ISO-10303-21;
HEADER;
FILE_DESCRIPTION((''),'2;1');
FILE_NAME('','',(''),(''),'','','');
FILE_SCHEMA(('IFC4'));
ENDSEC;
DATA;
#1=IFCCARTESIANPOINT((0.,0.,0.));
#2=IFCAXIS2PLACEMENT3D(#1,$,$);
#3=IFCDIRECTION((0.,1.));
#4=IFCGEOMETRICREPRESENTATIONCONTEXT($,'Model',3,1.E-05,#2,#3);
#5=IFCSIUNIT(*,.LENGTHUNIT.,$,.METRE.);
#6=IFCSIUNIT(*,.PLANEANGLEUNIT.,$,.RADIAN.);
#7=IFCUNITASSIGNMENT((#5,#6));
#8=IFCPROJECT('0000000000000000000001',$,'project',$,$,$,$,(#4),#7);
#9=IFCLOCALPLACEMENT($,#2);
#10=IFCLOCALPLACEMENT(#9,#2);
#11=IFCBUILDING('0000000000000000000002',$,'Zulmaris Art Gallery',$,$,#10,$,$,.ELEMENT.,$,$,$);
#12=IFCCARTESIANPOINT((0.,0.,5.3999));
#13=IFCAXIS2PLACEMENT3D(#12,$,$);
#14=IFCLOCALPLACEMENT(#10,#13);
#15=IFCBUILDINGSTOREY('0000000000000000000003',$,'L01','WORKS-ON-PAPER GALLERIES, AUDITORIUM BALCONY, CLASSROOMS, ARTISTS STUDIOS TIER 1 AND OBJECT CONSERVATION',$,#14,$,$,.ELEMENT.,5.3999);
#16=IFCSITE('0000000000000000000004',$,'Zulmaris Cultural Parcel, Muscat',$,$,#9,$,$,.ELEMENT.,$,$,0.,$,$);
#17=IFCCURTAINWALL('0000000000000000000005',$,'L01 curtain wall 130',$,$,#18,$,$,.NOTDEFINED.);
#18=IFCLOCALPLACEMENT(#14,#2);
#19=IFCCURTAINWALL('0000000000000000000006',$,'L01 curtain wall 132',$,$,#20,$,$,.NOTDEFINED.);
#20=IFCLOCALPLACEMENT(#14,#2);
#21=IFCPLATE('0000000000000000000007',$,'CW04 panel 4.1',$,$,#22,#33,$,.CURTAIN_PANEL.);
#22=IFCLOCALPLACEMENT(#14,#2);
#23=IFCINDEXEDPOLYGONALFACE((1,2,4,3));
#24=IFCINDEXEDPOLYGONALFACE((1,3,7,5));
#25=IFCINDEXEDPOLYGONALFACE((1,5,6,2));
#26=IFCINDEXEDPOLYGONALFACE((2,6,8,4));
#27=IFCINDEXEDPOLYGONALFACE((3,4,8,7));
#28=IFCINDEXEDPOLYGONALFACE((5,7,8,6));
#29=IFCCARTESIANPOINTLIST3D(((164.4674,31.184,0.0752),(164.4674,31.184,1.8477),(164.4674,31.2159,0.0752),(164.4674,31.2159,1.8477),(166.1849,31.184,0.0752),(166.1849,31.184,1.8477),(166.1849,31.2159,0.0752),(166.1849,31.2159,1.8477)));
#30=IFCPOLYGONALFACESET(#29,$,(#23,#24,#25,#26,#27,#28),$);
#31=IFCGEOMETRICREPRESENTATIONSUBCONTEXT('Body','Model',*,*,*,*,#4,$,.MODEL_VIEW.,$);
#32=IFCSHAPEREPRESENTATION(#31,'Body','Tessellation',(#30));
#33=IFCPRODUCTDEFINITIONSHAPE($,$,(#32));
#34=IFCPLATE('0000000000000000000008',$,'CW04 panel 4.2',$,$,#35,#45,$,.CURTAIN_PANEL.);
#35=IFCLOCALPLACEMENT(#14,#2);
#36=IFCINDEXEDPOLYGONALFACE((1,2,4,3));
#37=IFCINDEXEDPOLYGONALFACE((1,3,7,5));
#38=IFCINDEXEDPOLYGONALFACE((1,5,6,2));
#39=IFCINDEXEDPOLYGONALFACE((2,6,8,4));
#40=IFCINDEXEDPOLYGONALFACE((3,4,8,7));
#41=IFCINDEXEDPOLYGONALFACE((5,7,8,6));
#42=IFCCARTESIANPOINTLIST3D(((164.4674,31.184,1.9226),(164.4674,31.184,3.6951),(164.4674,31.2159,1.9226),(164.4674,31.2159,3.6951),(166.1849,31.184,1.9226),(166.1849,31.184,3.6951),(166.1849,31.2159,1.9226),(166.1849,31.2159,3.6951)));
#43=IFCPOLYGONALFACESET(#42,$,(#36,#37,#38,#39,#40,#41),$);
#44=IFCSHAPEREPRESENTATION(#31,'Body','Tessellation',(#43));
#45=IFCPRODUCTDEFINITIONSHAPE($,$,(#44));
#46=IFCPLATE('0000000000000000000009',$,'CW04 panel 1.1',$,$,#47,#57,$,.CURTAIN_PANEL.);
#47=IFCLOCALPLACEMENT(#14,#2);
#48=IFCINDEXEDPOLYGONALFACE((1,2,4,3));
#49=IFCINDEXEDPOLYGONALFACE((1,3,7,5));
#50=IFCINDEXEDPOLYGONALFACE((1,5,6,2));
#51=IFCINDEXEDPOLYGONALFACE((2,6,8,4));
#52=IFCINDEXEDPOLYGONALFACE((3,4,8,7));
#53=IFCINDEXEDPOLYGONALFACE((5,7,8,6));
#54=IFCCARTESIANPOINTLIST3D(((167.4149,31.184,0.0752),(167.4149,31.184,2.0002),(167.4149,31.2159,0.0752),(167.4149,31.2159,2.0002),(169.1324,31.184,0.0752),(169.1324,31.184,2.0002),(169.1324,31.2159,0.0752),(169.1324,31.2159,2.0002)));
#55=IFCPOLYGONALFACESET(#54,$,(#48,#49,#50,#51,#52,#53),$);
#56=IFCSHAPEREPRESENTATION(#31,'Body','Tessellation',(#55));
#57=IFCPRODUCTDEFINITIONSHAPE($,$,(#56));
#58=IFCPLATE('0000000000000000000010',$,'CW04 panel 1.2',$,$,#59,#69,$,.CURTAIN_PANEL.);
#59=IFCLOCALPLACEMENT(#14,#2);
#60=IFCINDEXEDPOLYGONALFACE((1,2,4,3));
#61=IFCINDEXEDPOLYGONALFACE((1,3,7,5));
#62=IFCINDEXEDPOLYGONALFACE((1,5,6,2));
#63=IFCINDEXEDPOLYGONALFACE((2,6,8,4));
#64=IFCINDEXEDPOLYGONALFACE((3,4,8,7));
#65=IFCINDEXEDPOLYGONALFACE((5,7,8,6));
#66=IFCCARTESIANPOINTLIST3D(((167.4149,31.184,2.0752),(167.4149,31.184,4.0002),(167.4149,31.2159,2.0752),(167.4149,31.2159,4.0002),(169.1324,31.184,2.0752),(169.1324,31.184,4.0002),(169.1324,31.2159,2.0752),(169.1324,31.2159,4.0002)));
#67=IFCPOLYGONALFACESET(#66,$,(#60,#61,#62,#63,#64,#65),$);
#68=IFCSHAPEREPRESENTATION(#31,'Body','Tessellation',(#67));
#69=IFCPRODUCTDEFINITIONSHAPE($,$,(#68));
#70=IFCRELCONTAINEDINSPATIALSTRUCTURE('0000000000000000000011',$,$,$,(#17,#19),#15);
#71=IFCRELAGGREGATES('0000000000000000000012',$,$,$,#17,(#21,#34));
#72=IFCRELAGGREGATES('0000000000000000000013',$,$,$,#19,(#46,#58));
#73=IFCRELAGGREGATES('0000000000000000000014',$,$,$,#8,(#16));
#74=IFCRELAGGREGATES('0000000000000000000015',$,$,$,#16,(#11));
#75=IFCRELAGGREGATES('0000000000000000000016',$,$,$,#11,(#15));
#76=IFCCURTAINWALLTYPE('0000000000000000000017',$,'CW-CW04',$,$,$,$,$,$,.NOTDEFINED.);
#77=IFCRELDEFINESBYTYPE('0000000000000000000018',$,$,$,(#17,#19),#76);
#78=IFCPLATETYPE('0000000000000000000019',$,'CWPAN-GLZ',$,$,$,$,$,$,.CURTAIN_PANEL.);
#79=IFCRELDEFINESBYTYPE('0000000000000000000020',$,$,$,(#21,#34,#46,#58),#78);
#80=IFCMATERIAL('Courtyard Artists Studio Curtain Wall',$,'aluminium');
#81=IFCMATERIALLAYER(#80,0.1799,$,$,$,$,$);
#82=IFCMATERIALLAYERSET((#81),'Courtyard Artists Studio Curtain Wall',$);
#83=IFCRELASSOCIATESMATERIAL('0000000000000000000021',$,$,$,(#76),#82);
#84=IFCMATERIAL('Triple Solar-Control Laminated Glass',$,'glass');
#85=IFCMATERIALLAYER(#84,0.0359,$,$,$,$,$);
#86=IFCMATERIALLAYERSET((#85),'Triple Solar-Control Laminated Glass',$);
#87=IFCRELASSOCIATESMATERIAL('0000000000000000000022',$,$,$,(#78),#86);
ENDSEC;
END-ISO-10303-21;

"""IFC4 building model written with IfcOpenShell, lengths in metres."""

from ifc_helpers import new_model, si_unit, direction, frame, origin, origin_2d, place, context, subcontext, project, spatial, rectangle, extrude, material, layer, layer_set, type_object, element, aggregate, save


model = new_model("IFC4")

# Units and contexts
model_context = context("Model", 3, precision=1e-05, world=origin(), true_north=direction((0.0, 1.0)))
body_context = subcontext(model_context, "Body", "Model", "MODEL_VIEW")
ifc_project = project(units=[si_unit("LENGTHUNIT", "METRE"), si_unit("PLANEANGLEUNIT", "RADIAN")], contexts=[model_context])

# Site, building, storey
site_placement = place(None, origin())
site = spatial("IfcSite", under=ifc_project, at=site_placement, Name="Zulmaris Cultural Parcel, Muscat", CompositionType="ELEMENT", RefElevation=0.0)
building_placement = place(site_placement, origin())
building = spatial("IfcBuilding", under=site, at=building_placement, Name="Zulmaris Art Gallery", CompositionType="ELEMENT")
storey_placement = place(building_placement, frame((0.0, 0.0, 5.3999)))
storey = spatial("IfcBuildingStorey", under=building, at=storey_placement, Name="L01", Description="WORKS-ON-PAPER GALLERIES, AUDITORIUM BALCONY, CLASSROOMS, ARTISTS STUDIOS TIER 1 AND OBJECT CONSERVATION", CompositionType="ELEMENT", Elevation=5.3999)

# Curtain walls
ifc_material_1 = material(Name="Courtyard Artists Studio Curtain Wall", Category="aluminium")
ifc_layer_1 = layer(ifc_material_1, 0.1799)
ifc_layer_set_1 = layer_set([ifc_layer_1], Name="Courtyard Artists Studio Curtain Wall")
curtain_wall_type = type_object("IfcCurtainWallType", Name="CW-CW04", PredefinedType="NOTDEFINED", material=ifc_layer_set_1)
curtain_wall_1_placement = place(storey_placement, origin())
curtain_wall_1 = element("IfcCurtainWall", 1, at=curtain_wall_1_placement, inside=storey, type_object=curtain_wall_type, Name="L01 curtain wall 130", PredefinedType="NOTDEFINED")
curtain_wall_2_placement = place(storey_placement, origin())
curtain_wall_2 = element("IfcCurtainWall", 2, at=curtain_wall_2_placement, inside=storey, type_object=curtain_wall_type, Name="L01 curtain wall 132", PredefinedType="NOTDEFINED")

# Plates
ifc_material_2 = material(Name="Triple Solar-Control Laminated Glass", Category="glass")
ifc_layer_2 = layer(ifc_material_2, 0.0359)
ifc_layer_set_2 = layer_set([ifc_layer_2], Name="Triple Solar-Control Laminated Glass")
plate_type = type_object("IfcPlateType", Name="CWPAN-GLZ", PredefinedType="CURTAIN_PANEL", material=ifc_layer_set_2)
plate_1_placement = place(storey_placement, frame((165.3262, 31.2, 0.0752), z_axis=(0.0, 0.0, 1.0), x_axis=(1.0, 0.0, 0.0)))
plate_1 = element("IfcPlate", 3, at=plate_1_placement, type_object=plate_type, Name="CW04 panel 4.1", PredefinedType="CURTAIN_PANEL", context=body_context, shape_type="SweptSolid", body=[
    extrude(rectangle(XDim=1.7175, YDim=0.032, at=origin_2d()), origin(), (0.0, 0.0, 1.0), 1.7725),
])
plate_2_placement = place(storey_placement, frame((165.3262, 31.2, 1.9226), z_axis=(0.0, 0.0, 1.0), x_axis=(1.0, 0.0, 0.0)))
plate_2 = element("IfcPlate", 4, at=plate_2_placement, type_object=plate_type, Name="CW04 panel 4.2", PredefinedType="CURTAIN_PANEL", context=body_context, shape_type="SweptSolid", body=[
    extrude(rectangle(XDim=1.7175, YDim=0.032, at=origin_2d()), origin(), (0.0, 0.0, 1.0), 1.7725),
])
aggregate(curtain_wall_1, [plate_1, plate_2])
plate_3_placement = place(storey_placement, frame((168.2737, 31.2, 0.0752), z_axis=(0.0, 0.0, 1.0), x_axis=(1.0, 0.0, 0.0)))
plate_3 = element("IfcPlate", 5, at=plate_3_placement, type_object=plate_type, Name="CW04 panel 1.1", PredefinedType="CURTAIN_PANEL", context=body_context, shape_type="SweptSolid", body=[
    extrude(rectangle(XDim=1.7175, YDim=0.032, at=origin_2d()), origin(), (0.0, 0.0, 1.0), 1.925),
])
plate_4_placement = place(storey_placement, frame((168.2737, 31.2, 2.0752), z_axis=(0.0, 0.0, 1.0), x_axis=(1.0, 0.0, 0.0)))
plate_4 = element("IfcPlate", 6, at=plate_4_placement, type_object=plate_type, Name="CW04 panel 1.2", PredefinedType="CURTAIN_PANEL", context=body_context, shape_type="SweptSolid", body=[
    extrude(rectangle(XDim=1.7175, YDim=0.032, at=origin_2d()), origin(), (0.0, 0.0, 1.0), 1.925),
])
aggregate(curtain_wall_2, [plate_3, plate_4])

save(model, "model.ifc")
